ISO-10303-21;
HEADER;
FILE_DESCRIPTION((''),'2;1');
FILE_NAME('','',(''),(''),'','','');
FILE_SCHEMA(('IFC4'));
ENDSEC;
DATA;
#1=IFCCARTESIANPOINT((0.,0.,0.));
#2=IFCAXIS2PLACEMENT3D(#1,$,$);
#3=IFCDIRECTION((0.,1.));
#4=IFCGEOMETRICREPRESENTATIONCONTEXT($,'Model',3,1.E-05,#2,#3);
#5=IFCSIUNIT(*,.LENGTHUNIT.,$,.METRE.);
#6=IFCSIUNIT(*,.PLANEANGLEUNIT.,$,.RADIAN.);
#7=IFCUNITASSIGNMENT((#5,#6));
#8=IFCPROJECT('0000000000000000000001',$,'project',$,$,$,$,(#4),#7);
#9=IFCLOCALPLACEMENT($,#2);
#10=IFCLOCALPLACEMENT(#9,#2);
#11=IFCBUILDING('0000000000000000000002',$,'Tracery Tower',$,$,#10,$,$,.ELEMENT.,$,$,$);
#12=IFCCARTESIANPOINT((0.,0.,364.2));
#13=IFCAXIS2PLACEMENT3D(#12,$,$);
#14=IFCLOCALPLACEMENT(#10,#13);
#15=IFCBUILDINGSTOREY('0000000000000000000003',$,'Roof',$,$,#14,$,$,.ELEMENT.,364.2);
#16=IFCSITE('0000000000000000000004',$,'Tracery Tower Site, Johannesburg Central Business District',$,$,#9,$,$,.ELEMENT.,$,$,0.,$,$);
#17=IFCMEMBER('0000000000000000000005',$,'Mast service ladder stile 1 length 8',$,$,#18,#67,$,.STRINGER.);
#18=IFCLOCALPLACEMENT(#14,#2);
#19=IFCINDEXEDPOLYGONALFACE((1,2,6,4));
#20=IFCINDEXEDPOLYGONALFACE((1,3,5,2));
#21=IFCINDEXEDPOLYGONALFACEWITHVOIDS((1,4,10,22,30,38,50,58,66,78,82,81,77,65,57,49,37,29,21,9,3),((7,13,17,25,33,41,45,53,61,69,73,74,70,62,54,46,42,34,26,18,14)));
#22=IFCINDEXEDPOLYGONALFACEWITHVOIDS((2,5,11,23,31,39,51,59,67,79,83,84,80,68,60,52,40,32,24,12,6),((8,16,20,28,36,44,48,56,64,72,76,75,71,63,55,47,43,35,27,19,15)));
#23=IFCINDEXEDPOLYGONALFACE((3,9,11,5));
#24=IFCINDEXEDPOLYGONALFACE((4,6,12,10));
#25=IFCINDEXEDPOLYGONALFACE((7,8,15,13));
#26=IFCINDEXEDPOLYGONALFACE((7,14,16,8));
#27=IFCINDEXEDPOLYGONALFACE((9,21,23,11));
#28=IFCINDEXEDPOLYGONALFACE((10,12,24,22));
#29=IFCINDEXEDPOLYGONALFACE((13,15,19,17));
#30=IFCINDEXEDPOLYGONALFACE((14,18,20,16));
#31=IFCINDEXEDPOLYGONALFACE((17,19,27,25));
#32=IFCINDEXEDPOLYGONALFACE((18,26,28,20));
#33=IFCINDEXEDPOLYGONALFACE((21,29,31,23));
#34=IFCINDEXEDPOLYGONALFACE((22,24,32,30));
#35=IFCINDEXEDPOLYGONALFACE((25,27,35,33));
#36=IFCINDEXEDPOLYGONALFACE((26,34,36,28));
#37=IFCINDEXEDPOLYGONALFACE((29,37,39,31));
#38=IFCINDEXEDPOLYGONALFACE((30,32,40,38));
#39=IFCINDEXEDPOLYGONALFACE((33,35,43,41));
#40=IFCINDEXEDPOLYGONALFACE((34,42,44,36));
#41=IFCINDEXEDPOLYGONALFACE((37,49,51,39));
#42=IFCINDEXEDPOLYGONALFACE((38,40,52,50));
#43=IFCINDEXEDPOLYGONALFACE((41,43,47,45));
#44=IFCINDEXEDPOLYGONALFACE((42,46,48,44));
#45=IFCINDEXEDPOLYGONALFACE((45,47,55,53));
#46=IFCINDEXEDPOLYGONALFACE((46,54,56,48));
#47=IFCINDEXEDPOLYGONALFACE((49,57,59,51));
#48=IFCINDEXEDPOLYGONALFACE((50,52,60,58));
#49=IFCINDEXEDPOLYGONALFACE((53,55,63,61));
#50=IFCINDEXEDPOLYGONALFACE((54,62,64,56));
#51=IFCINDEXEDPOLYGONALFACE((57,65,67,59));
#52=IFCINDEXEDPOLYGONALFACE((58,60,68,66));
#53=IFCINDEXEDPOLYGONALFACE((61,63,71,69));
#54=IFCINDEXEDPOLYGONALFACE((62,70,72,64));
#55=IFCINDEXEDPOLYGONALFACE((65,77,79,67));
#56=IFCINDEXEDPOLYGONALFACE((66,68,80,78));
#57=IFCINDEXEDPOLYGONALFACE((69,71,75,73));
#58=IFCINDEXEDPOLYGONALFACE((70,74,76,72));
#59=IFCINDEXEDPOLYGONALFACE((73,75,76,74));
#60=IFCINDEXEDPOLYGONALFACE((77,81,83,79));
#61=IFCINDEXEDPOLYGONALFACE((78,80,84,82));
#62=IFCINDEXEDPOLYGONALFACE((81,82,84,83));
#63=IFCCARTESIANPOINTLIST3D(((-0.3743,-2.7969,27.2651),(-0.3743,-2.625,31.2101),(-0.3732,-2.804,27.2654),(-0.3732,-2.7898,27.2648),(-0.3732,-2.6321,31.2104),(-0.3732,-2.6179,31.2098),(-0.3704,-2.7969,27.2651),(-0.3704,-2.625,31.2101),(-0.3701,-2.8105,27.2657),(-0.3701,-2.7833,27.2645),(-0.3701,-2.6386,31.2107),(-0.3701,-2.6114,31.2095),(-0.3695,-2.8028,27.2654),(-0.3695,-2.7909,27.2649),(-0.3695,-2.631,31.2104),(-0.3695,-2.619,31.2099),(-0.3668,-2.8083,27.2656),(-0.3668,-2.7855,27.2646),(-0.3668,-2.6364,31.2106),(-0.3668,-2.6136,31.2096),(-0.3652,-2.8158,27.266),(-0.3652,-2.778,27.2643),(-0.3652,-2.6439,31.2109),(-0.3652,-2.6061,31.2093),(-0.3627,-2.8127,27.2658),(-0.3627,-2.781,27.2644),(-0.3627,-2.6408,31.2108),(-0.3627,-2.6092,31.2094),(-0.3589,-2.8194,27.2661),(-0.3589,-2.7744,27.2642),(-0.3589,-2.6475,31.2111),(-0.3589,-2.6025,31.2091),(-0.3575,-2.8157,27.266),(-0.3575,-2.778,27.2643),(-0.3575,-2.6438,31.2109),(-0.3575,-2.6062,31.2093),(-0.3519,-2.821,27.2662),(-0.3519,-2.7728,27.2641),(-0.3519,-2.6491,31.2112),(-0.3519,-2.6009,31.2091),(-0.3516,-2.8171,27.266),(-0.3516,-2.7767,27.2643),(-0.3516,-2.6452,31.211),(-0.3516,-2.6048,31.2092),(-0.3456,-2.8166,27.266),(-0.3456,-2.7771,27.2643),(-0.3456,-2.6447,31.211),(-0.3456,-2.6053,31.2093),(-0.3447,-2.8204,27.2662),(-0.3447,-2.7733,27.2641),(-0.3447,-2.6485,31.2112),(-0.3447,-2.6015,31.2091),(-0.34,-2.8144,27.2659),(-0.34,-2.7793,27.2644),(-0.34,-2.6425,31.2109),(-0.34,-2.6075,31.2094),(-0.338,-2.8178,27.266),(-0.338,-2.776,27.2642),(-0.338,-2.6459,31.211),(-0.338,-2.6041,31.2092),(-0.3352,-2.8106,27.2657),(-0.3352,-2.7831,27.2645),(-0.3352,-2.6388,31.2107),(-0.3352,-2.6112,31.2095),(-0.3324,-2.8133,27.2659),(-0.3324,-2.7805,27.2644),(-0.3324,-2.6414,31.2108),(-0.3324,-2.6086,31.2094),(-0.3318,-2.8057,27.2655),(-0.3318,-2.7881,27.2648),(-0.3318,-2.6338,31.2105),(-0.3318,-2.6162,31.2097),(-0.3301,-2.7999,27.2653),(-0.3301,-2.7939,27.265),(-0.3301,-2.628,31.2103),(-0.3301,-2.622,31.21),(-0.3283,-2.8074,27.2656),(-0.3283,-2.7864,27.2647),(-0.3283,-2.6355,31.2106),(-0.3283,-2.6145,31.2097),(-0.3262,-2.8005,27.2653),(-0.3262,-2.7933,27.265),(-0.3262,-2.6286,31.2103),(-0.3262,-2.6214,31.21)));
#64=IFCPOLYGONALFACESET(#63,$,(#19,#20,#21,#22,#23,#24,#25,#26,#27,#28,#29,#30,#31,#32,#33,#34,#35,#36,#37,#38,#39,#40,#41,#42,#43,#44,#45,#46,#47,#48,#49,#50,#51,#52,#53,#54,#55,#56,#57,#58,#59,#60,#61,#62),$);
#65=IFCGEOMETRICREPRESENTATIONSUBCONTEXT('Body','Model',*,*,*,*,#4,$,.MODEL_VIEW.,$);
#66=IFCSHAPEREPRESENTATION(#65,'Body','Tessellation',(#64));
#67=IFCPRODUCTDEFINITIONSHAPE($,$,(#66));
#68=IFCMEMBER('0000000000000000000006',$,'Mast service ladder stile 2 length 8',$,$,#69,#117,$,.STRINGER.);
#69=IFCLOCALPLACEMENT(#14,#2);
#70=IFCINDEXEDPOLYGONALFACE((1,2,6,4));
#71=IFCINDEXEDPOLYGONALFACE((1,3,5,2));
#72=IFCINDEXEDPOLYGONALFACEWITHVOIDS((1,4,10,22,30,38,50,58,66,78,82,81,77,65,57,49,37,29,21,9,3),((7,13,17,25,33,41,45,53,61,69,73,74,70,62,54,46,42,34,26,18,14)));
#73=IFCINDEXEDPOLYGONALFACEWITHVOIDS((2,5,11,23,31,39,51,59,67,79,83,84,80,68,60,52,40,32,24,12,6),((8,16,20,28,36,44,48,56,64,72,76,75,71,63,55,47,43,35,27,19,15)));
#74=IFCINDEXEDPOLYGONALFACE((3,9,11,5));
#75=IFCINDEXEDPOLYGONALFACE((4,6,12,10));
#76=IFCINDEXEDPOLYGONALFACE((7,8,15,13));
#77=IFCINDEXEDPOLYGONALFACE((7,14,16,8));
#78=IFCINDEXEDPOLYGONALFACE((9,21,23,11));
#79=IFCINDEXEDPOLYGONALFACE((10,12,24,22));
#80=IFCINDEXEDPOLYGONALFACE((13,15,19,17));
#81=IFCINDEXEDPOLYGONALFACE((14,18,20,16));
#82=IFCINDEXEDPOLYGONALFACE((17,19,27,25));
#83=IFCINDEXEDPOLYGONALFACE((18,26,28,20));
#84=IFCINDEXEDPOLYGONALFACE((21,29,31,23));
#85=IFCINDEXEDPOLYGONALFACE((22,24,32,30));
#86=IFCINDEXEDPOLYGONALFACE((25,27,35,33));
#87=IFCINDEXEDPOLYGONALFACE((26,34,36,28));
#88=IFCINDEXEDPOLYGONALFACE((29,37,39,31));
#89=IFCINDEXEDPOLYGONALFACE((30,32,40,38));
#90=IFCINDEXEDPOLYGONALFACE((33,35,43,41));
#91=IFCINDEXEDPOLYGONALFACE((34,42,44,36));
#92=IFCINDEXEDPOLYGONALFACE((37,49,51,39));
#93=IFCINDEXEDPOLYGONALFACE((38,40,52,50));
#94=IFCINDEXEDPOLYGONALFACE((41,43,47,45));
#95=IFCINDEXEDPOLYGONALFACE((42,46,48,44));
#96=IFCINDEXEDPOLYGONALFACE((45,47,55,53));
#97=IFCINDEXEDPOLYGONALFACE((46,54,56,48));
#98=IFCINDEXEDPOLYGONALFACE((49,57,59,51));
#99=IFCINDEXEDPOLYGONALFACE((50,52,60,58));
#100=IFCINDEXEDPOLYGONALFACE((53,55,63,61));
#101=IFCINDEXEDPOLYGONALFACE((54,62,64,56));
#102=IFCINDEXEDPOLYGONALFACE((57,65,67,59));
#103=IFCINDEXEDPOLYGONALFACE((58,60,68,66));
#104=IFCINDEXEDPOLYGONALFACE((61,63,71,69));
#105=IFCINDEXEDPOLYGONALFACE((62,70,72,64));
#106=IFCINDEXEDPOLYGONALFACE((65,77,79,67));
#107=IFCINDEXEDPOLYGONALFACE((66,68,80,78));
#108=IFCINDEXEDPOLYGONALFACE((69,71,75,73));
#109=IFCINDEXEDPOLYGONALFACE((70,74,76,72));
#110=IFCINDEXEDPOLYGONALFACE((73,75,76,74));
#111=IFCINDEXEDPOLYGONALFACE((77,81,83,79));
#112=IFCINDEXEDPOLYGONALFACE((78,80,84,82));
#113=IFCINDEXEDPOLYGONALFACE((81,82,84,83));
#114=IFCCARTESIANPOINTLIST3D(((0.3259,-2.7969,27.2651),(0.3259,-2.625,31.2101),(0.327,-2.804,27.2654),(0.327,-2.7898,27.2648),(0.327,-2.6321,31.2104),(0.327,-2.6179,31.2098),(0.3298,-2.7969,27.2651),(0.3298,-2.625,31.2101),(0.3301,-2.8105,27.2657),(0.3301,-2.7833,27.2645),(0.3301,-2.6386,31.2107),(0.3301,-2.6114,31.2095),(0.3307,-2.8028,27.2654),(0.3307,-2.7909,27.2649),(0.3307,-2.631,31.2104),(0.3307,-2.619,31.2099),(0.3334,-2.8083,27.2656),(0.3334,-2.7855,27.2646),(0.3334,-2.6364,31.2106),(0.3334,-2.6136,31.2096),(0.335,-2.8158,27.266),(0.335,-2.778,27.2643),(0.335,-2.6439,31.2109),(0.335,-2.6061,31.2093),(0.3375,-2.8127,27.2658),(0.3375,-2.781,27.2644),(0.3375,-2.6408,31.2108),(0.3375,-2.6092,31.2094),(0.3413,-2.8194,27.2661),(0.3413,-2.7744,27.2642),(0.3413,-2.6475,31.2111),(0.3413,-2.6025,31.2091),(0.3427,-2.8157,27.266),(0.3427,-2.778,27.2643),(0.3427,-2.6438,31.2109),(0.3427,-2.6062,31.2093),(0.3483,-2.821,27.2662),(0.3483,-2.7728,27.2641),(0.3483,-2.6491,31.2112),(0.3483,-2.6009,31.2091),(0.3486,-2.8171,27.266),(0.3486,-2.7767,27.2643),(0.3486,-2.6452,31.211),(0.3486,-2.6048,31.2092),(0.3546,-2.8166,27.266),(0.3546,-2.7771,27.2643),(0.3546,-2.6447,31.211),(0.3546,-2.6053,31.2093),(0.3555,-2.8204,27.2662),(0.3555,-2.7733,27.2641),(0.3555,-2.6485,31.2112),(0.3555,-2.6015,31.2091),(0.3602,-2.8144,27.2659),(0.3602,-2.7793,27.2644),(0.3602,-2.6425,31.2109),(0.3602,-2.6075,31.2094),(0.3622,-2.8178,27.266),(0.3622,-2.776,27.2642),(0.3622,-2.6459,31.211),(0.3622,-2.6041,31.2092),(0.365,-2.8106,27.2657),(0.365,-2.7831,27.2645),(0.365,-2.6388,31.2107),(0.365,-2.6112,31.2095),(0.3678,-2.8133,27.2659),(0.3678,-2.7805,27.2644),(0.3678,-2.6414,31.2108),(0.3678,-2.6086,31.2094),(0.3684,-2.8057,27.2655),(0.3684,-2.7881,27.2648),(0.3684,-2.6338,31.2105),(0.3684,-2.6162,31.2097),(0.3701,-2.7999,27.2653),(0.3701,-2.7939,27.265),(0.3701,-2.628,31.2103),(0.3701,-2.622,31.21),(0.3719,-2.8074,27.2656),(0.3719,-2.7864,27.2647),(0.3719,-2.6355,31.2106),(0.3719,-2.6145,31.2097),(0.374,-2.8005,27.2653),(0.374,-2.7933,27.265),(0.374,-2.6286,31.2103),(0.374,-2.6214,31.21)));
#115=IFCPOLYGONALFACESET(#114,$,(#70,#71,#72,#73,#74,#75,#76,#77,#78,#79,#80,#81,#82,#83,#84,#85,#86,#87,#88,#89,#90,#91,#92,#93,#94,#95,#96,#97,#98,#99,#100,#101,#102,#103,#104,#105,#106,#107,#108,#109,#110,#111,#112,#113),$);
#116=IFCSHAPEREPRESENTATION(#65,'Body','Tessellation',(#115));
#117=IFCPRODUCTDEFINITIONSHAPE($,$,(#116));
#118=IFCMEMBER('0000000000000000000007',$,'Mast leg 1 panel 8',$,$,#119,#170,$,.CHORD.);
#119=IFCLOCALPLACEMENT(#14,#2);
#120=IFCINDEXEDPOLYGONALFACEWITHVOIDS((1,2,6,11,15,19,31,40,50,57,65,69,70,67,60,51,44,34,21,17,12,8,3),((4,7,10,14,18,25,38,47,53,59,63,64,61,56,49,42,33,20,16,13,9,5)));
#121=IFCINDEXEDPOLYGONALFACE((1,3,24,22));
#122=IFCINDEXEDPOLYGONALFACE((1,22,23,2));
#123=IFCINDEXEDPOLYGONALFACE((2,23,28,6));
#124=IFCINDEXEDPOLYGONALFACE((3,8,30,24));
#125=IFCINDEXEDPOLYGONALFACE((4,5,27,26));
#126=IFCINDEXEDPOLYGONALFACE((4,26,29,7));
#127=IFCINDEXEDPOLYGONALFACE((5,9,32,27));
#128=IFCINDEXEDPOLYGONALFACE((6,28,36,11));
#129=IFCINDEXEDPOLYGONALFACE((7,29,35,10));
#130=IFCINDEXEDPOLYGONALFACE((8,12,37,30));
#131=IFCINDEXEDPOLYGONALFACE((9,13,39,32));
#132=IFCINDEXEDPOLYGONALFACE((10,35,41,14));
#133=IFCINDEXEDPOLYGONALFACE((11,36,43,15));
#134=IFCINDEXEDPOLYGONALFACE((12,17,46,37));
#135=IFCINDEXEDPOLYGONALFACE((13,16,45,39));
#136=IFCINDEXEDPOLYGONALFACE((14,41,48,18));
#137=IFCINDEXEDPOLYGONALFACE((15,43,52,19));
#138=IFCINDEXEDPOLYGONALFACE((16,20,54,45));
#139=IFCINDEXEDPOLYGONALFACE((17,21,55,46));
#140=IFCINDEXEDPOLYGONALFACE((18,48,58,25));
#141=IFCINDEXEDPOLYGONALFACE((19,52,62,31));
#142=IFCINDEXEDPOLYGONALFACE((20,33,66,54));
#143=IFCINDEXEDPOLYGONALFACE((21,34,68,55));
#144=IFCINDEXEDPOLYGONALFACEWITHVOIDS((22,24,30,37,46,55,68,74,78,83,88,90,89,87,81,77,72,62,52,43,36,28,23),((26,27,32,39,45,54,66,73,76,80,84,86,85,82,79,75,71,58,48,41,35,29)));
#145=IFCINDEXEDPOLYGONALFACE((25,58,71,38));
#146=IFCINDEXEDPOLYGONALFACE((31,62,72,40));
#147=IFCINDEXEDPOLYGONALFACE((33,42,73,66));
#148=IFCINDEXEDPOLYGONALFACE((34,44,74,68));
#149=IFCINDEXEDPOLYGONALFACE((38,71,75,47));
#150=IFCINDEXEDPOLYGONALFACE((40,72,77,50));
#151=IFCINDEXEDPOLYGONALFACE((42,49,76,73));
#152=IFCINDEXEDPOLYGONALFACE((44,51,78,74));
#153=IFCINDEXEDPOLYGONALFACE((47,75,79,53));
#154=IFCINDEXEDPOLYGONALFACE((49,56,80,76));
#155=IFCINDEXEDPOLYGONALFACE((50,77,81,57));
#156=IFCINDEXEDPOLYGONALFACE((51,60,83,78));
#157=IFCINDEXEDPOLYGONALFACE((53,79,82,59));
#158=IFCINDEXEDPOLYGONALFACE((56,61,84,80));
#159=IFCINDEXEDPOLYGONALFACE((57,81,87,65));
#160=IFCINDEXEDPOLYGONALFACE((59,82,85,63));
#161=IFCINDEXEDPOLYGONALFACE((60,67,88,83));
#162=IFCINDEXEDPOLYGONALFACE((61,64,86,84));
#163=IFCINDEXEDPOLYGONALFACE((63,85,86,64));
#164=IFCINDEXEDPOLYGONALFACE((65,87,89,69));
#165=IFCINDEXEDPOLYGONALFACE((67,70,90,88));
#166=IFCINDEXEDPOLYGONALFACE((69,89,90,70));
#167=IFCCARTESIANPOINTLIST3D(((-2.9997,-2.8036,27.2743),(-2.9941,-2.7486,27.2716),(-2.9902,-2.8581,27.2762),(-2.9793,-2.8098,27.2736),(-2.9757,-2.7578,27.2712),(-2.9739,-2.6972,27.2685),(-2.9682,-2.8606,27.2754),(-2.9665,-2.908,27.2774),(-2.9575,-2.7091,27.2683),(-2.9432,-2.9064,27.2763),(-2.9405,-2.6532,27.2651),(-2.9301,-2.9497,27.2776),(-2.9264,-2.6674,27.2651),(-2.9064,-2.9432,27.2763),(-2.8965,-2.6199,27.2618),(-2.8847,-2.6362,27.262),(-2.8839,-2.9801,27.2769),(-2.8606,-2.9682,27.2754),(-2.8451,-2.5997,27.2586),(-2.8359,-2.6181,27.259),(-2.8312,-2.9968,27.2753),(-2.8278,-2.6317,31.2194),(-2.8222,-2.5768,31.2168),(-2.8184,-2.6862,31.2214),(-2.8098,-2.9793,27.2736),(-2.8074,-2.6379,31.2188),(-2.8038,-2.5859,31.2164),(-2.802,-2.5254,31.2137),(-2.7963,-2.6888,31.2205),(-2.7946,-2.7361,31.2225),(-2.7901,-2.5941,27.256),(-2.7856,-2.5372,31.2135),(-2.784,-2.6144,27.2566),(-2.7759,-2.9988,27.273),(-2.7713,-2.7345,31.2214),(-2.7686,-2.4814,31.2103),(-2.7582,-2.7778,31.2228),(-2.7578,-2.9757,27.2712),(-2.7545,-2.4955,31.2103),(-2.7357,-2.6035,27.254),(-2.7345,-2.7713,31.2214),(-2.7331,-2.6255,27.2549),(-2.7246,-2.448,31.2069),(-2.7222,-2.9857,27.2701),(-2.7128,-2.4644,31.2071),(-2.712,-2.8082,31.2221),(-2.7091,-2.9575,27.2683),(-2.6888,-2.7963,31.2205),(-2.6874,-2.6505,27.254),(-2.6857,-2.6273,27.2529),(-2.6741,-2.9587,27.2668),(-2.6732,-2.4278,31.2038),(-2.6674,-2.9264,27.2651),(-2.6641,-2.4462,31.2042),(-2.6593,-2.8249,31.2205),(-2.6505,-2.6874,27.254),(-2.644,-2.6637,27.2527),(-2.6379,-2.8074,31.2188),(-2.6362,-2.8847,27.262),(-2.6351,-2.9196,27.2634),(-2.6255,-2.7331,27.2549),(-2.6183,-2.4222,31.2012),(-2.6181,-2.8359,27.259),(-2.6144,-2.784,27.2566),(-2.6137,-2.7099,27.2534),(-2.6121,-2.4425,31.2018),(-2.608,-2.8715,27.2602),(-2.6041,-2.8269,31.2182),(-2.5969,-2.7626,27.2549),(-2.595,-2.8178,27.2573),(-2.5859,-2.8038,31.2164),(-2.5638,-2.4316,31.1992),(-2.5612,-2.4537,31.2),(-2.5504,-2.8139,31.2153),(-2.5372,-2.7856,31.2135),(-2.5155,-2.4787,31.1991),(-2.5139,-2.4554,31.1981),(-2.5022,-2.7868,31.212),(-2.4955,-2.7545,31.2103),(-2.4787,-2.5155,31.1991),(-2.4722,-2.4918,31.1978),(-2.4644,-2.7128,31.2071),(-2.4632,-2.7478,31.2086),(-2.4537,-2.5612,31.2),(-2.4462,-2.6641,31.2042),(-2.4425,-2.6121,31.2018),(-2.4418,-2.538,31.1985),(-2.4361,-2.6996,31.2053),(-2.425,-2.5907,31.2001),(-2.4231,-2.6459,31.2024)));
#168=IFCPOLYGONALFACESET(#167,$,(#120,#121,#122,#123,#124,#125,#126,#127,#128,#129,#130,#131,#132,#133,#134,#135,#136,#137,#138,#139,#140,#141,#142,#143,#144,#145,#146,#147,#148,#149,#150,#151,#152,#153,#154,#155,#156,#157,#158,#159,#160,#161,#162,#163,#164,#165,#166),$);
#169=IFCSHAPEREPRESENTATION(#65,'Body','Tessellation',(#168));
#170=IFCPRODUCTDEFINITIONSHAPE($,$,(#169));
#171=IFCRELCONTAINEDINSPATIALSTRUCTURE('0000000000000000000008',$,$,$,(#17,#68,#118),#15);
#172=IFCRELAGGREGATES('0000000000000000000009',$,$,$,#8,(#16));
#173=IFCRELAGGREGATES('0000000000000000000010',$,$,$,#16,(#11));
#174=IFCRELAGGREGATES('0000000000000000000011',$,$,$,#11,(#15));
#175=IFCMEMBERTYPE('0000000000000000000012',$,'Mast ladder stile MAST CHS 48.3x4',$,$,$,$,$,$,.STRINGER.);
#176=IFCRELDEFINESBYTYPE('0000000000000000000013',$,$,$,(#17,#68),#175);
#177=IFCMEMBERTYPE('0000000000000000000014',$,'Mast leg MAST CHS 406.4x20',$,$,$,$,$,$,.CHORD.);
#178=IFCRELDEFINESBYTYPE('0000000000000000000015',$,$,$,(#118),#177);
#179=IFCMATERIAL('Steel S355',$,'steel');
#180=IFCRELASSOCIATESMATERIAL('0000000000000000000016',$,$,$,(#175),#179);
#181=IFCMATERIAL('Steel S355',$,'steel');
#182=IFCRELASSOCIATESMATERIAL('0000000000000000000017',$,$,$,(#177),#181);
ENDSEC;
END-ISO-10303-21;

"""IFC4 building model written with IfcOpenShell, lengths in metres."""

from ifc_helpers import new_model, si_unit, direction, frame, origin, origin_2d, place, context, subcontext, project, spatial, hollow_circle, extrude, material, material_profile, profile_set, type_object, element, save


model = new_model("IFC4")

# Units and contexts
model_context = context("Model", 3, precision=1e-05, world=origin(), true_north=direction((0.0, 1.0)))
body_context = subcontext(model_context, "Body", "Model", "MODEL_VIEW")
ifc_project = project(units=[si_unit("LENGTHUNIT", "METRE"), si_unit("PLANEANGLEUNIT", "RADIAN")], contexts=[model_context])

# Site, building, storey
site_placement = place(None, origin())
site = spatial("IfcSite", under=ifc_project, at=site_placement, Name="Tracery Tower Site, Johannesburg Central Business District", CompositionType="ELEMENT", RefElevation=0.0)
building_placement = place(site_placement, origin())
building = spatial("IfcBuilding", under=site, at=building_placement, Name="Tracery Tower", CompositionType="ELEMENT")
storey_placement = place(building_placement, frame((0.0, 0.0, 364.2)))
storey = spatial("IfcBuildingStorey", under=building, at=storey_placement, Name="Roof", CompositionType="ELEMENT", Elevation=364.2)

# Members
ifc_material_1 = material(Name="Steel S355", Category="steel")
ifc_material_profile_1 = material_profile(ifc_material_1, hollow_circle(Radius=0.0242, WallThickness=0.0039, at=origin_2d()), Name="CHS 48.3x4")
ifc_profile_set_1 = profile_set([ifc_material_profile_1], Name="Steel S355")
member_type_1 = type_object("IfcMemberType", Name="Mast ladder stile MAST CHS 48.3x4", PredefinedType="STRINGER", material=ifc_profile_set_1)
for number, where, z_axis, x_axis, name in (
    (1, (-0.3501, -2.7969, 27.2651), (0.0, 0.043526, 0.999052), (-1.0, 0.0, 0.0), "Mast service ladder stile 1 length 8"),
    (2, (0.3501, -2.7969, 27.2651), (0.0, 0.043526, 0.999052), (-1.0, 0.0, 0.0), "Mast service ladder stile 2 length 8"),
):
    element("IfcMember", number, at=place(storey_placement, frame(where, z_axis=z_axis, x_axis=x_axis)), inside=storey, type_object=member_type_1, Name=name, PredefinedType="STRINGER", context=body_context, shape_type="SweptSolid", body=[
        extrude(hollow_circle(Radius=0.0242, WallThickness=0.0039, at=origin_2d()), origin(), (0.0, 0.0, 1.0), 3.9487),
    ])
ifc_material_2 = material(Name="Steel S355", Category="steel")
ifc_material_profile_2 = material_profile(ifc_material_2, hollow_circle(Radius=0.2031, WallThickness=0.02, at=origin_2d()), Name="CHS 406.4x20")
ifc_profile_set_2 = profile_set([ifc_material_profile_2], Name="Steel S355")
member_type_2 = type_object("IfcMemberType", Name="Mast leg MAST CHS 406.4x20", PredefinedType="CHORD", material=ifc_profile_set_2)
for number, where, z_axis, x_axis, name in (
    (3, (-2.7969, -2.7969, 27.2651), (0.043485, 0.043485, 0.998107), (-0.707107, 0.707107, 0.0), "Mast leg 1 panel 8"),
):
    element("IfcMember", number, at=place(storey_placement, frame(where, z_axis=z_axis, x_axis=x_axis)), inside=storey, type_object=member_type_2, Name=name, PredefinedType="CHORD", context=body_context, shape_type="SweptSolid", body=[
        extrude(hollow_circle(Radius=0.2031, WallThickness=0.02, at=origin_2d()), origin(), (0.0, 0.0, 1.0), 3.9526),
    ])

save(model, "model.ifc")
